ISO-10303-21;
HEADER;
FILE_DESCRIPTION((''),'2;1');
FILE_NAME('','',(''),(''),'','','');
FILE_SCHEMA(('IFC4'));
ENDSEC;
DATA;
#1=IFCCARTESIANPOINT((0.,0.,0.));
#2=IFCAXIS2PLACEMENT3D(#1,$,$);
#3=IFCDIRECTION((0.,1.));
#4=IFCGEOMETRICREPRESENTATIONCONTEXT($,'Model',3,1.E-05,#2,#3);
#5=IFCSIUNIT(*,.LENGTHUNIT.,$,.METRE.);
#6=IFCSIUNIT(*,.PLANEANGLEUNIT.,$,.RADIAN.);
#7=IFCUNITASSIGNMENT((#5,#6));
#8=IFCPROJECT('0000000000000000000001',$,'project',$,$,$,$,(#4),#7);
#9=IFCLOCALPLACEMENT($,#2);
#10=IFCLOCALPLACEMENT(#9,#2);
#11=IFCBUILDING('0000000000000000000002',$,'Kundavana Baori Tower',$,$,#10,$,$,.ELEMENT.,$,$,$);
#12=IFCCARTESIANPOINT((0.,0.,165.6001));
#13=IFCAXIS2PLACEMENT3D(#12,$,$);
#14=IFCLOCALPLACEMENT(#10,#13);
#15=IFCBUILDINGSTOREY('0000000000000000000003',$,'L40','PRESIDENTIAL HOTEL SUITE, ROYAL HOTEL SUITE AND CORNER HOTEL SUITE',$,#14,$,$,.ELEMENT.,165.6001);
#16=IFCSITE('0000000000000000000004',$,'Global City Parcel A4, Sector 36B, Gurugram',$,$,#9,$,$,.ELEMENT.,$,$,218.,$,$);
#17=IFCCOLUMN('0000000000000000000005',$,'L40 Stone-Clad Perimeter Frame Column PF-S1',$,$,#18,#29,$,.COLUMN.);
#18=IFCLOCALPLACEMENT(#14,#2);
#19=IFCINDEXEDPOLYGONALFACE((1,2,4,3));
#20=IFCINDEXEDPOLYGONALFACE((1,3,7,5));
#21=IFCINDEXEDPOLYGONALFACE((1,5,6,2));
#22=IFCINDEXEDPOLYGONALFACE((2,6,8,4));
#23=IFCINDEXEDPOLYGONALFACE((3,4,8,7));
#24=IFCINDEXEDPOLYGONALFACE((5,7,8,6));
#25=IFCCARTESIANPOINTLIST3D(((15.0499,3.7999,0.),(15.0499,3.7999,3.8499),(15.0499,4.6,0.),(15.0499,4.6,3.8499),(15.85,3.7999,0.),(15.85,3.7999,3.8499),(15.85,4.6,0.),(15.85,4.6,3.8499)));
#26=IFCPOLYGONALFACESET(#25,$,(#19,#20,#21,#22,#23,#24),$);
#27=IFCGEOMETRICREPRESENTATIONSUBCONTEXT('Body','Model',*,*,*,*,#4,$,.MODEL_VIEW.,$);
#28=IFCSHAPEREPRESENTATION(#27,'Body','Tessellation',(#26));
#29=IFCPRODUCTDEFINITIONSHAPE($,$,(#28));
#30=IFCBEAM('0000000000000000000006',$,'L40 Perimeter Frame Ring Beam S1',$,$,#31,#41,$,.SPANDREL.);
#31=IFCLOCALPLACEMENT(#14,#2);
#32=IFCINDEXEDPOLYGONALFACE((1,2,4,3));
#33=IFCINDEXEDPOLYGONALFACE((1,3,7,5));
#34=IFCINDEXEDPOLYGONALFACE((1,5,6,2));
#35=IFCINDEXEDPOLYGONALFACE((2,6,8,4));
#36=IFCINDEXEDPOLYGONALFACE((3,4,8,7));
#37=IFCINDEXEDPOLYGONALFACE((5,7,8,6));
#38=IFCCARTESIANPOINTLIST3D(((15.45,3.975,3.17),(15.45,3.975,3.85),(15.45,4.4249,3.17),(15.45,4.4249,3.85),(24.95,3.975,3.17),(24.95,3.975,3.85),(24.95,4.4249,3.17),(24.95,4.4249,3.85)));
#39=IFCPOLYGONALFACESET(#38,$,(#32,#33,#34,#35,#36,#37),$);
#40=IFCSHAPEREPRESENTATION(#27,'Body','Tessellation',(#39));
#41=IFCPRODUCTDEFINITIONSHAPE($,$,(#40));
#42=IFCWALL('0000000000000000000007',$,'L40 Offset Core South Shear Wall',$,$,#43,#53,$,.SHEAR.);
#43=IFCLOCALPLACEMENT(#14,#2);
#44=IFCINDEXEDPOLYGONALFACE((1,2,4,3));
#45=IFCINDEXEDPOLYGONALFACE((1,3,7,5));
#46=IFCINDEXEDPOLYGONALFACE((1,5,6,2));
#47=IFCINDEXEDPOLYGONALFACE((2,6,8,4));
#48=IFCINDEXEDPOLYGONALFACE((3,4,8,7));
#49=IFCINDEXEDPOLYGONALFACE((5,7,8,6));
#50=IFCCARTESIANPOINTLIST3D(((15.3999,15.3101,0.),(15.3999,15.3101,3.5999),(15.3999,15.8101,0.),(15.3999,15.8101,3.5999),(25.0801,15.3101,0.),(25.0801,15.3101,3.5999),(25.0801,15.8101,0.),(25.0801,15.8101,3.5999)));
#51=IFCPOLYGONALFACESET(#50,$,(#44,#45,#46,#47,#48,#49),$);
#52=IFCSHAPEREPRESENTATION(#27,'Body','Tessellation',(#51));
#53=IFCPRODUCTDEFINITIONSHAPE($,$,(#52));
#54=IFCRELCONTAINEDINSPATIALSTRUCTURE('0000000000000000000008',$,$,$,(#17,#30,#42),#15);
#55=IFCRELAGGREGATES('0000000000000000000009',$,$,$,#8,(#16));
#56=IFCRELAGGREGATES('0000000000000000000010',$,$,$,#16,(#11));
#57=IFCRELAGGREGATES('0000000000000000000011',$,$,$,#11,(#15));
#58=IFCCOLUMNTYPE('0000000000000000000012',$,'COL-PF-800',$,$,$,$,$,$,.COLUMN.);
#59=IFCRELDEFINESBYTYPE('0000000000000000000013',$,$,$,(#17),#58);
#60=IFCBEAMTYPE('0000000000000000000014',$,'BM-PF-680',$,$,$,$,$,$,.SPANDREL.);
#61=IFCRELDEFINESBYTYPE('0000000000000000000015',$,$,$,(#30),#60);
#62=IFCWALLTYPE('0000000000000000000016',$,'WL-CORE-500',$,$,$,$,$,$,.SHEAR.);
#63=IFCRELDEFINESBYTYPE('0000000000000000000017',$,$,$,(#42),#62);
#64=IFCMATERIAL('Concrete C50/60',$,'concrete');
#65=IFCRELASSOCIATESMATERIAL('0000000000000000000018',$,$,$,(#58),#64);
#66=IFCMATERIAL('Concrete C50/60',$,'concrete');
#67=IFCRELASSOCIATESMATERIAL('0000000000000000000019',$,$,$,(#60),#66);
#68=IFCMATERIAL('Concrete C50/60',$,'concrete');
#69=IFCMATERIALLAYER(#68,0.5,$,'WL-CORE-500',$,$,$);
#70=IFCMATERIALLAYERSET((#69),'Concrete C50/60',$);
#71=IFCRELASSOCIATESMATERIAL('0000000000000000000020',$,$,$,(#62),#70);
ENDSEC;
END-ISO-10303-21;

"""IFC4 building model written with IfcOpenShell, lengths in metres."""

from ifc_helpers import new_model, si_unit, direction, frame, frame_2d, origin, origin_2d, place, context, subcontext, project, spatial, rectangle, extrude, material, layer, layer_set, material_profile, profile_set, type_object, element, save


model = new_model("IFC4")

# Units and contexts
model_context = context("Model", 3, precision=1e-05, world=origin(), true_north=direction((0.0, 1.0)))
body_context = subcontext(model_context, "Body", "Model", "MODEL_VIEW")
ifc_project = project(units=[si_unit("LENGTHUNIT", "METRE"), si_unit("PLANEANGLEUNIT", "RADIAN")], contexts=[model_context])

# Site, building, storey
site_placement = place(None, origin())
site = spatial("IfcSite", under=ifc_project, at=site_placement, Name="Global City Parcel A4, Sector 36B, Gurugram", CompositionType="ELEMENT", RefElevation=218.0)
building_placement = place(site_placement, origin())
building = spatial("IfcBuilding", under=site, at=building_placement, Name="Kundavana Baori Tower", CompositionType="ELEMENT")
storey_placement = place(building_placement, frame((0.0, 0.0, 165.6001)))
storey = spatial("IfcBuildingStorey", under=building, at=storey_placement, Name="L40", Description="PRESIDENTIAL HOTEL SUITE, ROYAL HOTEL SUITE AND CORNER HOTEL SUITE", CompositionType="ELEMENT", Elevation=165.6001)

# Column
ifc_material_1 = material(Name="Concrete C50/60", Category="concrete")
ifc_material_profile_1 = material_profile(ifc_material_1, rectangle(XDim=0.8, YDim=0.8, at=origin_2d()), Name="RC PF 800x800")
ifc_profile_set_1 = profile_set([ifc_material_profile_1], Name="Concrete C50/60")
column_type = type_object("IfcColumnType", Name="COL-PF-800", PredefinedType="COLUMN", material=ifc_profile_set_1)
column_placement = place(storey_placement, frame((15.45, 4.2, 0.0), z_axis=(0.0, 0.0, 1.0), x_axis=(1.0, 0.0, 0.0)))
element("IfcColumn", 1, at=column_placement, inside=storey, type_object=column_type, Name="L40 Stone-Clad Perimeter Frame Column PF-S1", PredefinedType="COLUMN", context=body_context, shape_type="SweptSolid", body=[
    extrude(rectangle(XDim=0.8, YDim=0.8, at=origin_2d()), origin(), (0.0, 0.0, 1.0), 3.8499),
])

# Beam
ifc_material_2 = material(Name="Concrete C50/60", Category="concrete")
ifc_material_profile_2 = material_profile(ifc_material_2, rectangle(XDim=0.45, YDim=0.6799, at=origin_2d()), Name="RC BM 450x680")
ifc_profile_set_2 = profile_set([ifc_material_profile_2], Name="Concrete C50/60")
beam_type = type_object("IfcBeamType", Name="BM-PF-680", PredefinedType="SPANDREL", material=ifc_profile_set_2)
beam_placement = place(storey_placement, frame((15.45, 4.2, 3.51), z_axis=(1.0, 0.0, 0.0), x_axis=(0.0, 1.0, 0.0)))
element("IfcBeam", 2, at=beam_placement, inside=storey, type_object=beam_type, Name="L40 Perimeter Frame Ring Beam S1", PredefinedType="SPANDREL", context=body_context, shape_type="SweptSolid", body=[
    extrude(rectangle(XDim=0.45, YDim=0.6799, at=origin_2d()), origin(), (0.0, 0.0, 1.0), 9.5),
])

# Wall
ifc_material_3 = material(Name="Concrete C50/60", Category="concrete")
ifc_layer_1 = layer(ifc_material_3, 0.5, Name="WL-CORE-500")
ifc_layer_set_1 = layer_set([ifc_layer_1], Name="Concrete C50/60")
wall_type_1 = type_object("IfcWallType", Name="WL-CORE-500", PredefinedType="SHEAR", material=ifc_layer_set_1)
wall_1_placement = place(storey_placement, frame((15.3999, 15.5601, 0.0), z_axis=(0.0, 0.0, 1.0), x_axis=(1.0, 0.0, 0.0)))
element("IfcWall", 3, at=wall_1_placement, inside=storey, type_object=wall_type_1, Name="L40 Offset Core South Shear Wall", PredefinedType="SHEAR", context=body_context, shape_type="SweptSolid", body=[
    extrude(rectangle(XDim=9.6802, YDim=0.5, at=frame_2d((4.8401, 0.0))), origin(), (0.0, 0.0, 1.0), 3.5999),
])

save(model, "model.ifc")
